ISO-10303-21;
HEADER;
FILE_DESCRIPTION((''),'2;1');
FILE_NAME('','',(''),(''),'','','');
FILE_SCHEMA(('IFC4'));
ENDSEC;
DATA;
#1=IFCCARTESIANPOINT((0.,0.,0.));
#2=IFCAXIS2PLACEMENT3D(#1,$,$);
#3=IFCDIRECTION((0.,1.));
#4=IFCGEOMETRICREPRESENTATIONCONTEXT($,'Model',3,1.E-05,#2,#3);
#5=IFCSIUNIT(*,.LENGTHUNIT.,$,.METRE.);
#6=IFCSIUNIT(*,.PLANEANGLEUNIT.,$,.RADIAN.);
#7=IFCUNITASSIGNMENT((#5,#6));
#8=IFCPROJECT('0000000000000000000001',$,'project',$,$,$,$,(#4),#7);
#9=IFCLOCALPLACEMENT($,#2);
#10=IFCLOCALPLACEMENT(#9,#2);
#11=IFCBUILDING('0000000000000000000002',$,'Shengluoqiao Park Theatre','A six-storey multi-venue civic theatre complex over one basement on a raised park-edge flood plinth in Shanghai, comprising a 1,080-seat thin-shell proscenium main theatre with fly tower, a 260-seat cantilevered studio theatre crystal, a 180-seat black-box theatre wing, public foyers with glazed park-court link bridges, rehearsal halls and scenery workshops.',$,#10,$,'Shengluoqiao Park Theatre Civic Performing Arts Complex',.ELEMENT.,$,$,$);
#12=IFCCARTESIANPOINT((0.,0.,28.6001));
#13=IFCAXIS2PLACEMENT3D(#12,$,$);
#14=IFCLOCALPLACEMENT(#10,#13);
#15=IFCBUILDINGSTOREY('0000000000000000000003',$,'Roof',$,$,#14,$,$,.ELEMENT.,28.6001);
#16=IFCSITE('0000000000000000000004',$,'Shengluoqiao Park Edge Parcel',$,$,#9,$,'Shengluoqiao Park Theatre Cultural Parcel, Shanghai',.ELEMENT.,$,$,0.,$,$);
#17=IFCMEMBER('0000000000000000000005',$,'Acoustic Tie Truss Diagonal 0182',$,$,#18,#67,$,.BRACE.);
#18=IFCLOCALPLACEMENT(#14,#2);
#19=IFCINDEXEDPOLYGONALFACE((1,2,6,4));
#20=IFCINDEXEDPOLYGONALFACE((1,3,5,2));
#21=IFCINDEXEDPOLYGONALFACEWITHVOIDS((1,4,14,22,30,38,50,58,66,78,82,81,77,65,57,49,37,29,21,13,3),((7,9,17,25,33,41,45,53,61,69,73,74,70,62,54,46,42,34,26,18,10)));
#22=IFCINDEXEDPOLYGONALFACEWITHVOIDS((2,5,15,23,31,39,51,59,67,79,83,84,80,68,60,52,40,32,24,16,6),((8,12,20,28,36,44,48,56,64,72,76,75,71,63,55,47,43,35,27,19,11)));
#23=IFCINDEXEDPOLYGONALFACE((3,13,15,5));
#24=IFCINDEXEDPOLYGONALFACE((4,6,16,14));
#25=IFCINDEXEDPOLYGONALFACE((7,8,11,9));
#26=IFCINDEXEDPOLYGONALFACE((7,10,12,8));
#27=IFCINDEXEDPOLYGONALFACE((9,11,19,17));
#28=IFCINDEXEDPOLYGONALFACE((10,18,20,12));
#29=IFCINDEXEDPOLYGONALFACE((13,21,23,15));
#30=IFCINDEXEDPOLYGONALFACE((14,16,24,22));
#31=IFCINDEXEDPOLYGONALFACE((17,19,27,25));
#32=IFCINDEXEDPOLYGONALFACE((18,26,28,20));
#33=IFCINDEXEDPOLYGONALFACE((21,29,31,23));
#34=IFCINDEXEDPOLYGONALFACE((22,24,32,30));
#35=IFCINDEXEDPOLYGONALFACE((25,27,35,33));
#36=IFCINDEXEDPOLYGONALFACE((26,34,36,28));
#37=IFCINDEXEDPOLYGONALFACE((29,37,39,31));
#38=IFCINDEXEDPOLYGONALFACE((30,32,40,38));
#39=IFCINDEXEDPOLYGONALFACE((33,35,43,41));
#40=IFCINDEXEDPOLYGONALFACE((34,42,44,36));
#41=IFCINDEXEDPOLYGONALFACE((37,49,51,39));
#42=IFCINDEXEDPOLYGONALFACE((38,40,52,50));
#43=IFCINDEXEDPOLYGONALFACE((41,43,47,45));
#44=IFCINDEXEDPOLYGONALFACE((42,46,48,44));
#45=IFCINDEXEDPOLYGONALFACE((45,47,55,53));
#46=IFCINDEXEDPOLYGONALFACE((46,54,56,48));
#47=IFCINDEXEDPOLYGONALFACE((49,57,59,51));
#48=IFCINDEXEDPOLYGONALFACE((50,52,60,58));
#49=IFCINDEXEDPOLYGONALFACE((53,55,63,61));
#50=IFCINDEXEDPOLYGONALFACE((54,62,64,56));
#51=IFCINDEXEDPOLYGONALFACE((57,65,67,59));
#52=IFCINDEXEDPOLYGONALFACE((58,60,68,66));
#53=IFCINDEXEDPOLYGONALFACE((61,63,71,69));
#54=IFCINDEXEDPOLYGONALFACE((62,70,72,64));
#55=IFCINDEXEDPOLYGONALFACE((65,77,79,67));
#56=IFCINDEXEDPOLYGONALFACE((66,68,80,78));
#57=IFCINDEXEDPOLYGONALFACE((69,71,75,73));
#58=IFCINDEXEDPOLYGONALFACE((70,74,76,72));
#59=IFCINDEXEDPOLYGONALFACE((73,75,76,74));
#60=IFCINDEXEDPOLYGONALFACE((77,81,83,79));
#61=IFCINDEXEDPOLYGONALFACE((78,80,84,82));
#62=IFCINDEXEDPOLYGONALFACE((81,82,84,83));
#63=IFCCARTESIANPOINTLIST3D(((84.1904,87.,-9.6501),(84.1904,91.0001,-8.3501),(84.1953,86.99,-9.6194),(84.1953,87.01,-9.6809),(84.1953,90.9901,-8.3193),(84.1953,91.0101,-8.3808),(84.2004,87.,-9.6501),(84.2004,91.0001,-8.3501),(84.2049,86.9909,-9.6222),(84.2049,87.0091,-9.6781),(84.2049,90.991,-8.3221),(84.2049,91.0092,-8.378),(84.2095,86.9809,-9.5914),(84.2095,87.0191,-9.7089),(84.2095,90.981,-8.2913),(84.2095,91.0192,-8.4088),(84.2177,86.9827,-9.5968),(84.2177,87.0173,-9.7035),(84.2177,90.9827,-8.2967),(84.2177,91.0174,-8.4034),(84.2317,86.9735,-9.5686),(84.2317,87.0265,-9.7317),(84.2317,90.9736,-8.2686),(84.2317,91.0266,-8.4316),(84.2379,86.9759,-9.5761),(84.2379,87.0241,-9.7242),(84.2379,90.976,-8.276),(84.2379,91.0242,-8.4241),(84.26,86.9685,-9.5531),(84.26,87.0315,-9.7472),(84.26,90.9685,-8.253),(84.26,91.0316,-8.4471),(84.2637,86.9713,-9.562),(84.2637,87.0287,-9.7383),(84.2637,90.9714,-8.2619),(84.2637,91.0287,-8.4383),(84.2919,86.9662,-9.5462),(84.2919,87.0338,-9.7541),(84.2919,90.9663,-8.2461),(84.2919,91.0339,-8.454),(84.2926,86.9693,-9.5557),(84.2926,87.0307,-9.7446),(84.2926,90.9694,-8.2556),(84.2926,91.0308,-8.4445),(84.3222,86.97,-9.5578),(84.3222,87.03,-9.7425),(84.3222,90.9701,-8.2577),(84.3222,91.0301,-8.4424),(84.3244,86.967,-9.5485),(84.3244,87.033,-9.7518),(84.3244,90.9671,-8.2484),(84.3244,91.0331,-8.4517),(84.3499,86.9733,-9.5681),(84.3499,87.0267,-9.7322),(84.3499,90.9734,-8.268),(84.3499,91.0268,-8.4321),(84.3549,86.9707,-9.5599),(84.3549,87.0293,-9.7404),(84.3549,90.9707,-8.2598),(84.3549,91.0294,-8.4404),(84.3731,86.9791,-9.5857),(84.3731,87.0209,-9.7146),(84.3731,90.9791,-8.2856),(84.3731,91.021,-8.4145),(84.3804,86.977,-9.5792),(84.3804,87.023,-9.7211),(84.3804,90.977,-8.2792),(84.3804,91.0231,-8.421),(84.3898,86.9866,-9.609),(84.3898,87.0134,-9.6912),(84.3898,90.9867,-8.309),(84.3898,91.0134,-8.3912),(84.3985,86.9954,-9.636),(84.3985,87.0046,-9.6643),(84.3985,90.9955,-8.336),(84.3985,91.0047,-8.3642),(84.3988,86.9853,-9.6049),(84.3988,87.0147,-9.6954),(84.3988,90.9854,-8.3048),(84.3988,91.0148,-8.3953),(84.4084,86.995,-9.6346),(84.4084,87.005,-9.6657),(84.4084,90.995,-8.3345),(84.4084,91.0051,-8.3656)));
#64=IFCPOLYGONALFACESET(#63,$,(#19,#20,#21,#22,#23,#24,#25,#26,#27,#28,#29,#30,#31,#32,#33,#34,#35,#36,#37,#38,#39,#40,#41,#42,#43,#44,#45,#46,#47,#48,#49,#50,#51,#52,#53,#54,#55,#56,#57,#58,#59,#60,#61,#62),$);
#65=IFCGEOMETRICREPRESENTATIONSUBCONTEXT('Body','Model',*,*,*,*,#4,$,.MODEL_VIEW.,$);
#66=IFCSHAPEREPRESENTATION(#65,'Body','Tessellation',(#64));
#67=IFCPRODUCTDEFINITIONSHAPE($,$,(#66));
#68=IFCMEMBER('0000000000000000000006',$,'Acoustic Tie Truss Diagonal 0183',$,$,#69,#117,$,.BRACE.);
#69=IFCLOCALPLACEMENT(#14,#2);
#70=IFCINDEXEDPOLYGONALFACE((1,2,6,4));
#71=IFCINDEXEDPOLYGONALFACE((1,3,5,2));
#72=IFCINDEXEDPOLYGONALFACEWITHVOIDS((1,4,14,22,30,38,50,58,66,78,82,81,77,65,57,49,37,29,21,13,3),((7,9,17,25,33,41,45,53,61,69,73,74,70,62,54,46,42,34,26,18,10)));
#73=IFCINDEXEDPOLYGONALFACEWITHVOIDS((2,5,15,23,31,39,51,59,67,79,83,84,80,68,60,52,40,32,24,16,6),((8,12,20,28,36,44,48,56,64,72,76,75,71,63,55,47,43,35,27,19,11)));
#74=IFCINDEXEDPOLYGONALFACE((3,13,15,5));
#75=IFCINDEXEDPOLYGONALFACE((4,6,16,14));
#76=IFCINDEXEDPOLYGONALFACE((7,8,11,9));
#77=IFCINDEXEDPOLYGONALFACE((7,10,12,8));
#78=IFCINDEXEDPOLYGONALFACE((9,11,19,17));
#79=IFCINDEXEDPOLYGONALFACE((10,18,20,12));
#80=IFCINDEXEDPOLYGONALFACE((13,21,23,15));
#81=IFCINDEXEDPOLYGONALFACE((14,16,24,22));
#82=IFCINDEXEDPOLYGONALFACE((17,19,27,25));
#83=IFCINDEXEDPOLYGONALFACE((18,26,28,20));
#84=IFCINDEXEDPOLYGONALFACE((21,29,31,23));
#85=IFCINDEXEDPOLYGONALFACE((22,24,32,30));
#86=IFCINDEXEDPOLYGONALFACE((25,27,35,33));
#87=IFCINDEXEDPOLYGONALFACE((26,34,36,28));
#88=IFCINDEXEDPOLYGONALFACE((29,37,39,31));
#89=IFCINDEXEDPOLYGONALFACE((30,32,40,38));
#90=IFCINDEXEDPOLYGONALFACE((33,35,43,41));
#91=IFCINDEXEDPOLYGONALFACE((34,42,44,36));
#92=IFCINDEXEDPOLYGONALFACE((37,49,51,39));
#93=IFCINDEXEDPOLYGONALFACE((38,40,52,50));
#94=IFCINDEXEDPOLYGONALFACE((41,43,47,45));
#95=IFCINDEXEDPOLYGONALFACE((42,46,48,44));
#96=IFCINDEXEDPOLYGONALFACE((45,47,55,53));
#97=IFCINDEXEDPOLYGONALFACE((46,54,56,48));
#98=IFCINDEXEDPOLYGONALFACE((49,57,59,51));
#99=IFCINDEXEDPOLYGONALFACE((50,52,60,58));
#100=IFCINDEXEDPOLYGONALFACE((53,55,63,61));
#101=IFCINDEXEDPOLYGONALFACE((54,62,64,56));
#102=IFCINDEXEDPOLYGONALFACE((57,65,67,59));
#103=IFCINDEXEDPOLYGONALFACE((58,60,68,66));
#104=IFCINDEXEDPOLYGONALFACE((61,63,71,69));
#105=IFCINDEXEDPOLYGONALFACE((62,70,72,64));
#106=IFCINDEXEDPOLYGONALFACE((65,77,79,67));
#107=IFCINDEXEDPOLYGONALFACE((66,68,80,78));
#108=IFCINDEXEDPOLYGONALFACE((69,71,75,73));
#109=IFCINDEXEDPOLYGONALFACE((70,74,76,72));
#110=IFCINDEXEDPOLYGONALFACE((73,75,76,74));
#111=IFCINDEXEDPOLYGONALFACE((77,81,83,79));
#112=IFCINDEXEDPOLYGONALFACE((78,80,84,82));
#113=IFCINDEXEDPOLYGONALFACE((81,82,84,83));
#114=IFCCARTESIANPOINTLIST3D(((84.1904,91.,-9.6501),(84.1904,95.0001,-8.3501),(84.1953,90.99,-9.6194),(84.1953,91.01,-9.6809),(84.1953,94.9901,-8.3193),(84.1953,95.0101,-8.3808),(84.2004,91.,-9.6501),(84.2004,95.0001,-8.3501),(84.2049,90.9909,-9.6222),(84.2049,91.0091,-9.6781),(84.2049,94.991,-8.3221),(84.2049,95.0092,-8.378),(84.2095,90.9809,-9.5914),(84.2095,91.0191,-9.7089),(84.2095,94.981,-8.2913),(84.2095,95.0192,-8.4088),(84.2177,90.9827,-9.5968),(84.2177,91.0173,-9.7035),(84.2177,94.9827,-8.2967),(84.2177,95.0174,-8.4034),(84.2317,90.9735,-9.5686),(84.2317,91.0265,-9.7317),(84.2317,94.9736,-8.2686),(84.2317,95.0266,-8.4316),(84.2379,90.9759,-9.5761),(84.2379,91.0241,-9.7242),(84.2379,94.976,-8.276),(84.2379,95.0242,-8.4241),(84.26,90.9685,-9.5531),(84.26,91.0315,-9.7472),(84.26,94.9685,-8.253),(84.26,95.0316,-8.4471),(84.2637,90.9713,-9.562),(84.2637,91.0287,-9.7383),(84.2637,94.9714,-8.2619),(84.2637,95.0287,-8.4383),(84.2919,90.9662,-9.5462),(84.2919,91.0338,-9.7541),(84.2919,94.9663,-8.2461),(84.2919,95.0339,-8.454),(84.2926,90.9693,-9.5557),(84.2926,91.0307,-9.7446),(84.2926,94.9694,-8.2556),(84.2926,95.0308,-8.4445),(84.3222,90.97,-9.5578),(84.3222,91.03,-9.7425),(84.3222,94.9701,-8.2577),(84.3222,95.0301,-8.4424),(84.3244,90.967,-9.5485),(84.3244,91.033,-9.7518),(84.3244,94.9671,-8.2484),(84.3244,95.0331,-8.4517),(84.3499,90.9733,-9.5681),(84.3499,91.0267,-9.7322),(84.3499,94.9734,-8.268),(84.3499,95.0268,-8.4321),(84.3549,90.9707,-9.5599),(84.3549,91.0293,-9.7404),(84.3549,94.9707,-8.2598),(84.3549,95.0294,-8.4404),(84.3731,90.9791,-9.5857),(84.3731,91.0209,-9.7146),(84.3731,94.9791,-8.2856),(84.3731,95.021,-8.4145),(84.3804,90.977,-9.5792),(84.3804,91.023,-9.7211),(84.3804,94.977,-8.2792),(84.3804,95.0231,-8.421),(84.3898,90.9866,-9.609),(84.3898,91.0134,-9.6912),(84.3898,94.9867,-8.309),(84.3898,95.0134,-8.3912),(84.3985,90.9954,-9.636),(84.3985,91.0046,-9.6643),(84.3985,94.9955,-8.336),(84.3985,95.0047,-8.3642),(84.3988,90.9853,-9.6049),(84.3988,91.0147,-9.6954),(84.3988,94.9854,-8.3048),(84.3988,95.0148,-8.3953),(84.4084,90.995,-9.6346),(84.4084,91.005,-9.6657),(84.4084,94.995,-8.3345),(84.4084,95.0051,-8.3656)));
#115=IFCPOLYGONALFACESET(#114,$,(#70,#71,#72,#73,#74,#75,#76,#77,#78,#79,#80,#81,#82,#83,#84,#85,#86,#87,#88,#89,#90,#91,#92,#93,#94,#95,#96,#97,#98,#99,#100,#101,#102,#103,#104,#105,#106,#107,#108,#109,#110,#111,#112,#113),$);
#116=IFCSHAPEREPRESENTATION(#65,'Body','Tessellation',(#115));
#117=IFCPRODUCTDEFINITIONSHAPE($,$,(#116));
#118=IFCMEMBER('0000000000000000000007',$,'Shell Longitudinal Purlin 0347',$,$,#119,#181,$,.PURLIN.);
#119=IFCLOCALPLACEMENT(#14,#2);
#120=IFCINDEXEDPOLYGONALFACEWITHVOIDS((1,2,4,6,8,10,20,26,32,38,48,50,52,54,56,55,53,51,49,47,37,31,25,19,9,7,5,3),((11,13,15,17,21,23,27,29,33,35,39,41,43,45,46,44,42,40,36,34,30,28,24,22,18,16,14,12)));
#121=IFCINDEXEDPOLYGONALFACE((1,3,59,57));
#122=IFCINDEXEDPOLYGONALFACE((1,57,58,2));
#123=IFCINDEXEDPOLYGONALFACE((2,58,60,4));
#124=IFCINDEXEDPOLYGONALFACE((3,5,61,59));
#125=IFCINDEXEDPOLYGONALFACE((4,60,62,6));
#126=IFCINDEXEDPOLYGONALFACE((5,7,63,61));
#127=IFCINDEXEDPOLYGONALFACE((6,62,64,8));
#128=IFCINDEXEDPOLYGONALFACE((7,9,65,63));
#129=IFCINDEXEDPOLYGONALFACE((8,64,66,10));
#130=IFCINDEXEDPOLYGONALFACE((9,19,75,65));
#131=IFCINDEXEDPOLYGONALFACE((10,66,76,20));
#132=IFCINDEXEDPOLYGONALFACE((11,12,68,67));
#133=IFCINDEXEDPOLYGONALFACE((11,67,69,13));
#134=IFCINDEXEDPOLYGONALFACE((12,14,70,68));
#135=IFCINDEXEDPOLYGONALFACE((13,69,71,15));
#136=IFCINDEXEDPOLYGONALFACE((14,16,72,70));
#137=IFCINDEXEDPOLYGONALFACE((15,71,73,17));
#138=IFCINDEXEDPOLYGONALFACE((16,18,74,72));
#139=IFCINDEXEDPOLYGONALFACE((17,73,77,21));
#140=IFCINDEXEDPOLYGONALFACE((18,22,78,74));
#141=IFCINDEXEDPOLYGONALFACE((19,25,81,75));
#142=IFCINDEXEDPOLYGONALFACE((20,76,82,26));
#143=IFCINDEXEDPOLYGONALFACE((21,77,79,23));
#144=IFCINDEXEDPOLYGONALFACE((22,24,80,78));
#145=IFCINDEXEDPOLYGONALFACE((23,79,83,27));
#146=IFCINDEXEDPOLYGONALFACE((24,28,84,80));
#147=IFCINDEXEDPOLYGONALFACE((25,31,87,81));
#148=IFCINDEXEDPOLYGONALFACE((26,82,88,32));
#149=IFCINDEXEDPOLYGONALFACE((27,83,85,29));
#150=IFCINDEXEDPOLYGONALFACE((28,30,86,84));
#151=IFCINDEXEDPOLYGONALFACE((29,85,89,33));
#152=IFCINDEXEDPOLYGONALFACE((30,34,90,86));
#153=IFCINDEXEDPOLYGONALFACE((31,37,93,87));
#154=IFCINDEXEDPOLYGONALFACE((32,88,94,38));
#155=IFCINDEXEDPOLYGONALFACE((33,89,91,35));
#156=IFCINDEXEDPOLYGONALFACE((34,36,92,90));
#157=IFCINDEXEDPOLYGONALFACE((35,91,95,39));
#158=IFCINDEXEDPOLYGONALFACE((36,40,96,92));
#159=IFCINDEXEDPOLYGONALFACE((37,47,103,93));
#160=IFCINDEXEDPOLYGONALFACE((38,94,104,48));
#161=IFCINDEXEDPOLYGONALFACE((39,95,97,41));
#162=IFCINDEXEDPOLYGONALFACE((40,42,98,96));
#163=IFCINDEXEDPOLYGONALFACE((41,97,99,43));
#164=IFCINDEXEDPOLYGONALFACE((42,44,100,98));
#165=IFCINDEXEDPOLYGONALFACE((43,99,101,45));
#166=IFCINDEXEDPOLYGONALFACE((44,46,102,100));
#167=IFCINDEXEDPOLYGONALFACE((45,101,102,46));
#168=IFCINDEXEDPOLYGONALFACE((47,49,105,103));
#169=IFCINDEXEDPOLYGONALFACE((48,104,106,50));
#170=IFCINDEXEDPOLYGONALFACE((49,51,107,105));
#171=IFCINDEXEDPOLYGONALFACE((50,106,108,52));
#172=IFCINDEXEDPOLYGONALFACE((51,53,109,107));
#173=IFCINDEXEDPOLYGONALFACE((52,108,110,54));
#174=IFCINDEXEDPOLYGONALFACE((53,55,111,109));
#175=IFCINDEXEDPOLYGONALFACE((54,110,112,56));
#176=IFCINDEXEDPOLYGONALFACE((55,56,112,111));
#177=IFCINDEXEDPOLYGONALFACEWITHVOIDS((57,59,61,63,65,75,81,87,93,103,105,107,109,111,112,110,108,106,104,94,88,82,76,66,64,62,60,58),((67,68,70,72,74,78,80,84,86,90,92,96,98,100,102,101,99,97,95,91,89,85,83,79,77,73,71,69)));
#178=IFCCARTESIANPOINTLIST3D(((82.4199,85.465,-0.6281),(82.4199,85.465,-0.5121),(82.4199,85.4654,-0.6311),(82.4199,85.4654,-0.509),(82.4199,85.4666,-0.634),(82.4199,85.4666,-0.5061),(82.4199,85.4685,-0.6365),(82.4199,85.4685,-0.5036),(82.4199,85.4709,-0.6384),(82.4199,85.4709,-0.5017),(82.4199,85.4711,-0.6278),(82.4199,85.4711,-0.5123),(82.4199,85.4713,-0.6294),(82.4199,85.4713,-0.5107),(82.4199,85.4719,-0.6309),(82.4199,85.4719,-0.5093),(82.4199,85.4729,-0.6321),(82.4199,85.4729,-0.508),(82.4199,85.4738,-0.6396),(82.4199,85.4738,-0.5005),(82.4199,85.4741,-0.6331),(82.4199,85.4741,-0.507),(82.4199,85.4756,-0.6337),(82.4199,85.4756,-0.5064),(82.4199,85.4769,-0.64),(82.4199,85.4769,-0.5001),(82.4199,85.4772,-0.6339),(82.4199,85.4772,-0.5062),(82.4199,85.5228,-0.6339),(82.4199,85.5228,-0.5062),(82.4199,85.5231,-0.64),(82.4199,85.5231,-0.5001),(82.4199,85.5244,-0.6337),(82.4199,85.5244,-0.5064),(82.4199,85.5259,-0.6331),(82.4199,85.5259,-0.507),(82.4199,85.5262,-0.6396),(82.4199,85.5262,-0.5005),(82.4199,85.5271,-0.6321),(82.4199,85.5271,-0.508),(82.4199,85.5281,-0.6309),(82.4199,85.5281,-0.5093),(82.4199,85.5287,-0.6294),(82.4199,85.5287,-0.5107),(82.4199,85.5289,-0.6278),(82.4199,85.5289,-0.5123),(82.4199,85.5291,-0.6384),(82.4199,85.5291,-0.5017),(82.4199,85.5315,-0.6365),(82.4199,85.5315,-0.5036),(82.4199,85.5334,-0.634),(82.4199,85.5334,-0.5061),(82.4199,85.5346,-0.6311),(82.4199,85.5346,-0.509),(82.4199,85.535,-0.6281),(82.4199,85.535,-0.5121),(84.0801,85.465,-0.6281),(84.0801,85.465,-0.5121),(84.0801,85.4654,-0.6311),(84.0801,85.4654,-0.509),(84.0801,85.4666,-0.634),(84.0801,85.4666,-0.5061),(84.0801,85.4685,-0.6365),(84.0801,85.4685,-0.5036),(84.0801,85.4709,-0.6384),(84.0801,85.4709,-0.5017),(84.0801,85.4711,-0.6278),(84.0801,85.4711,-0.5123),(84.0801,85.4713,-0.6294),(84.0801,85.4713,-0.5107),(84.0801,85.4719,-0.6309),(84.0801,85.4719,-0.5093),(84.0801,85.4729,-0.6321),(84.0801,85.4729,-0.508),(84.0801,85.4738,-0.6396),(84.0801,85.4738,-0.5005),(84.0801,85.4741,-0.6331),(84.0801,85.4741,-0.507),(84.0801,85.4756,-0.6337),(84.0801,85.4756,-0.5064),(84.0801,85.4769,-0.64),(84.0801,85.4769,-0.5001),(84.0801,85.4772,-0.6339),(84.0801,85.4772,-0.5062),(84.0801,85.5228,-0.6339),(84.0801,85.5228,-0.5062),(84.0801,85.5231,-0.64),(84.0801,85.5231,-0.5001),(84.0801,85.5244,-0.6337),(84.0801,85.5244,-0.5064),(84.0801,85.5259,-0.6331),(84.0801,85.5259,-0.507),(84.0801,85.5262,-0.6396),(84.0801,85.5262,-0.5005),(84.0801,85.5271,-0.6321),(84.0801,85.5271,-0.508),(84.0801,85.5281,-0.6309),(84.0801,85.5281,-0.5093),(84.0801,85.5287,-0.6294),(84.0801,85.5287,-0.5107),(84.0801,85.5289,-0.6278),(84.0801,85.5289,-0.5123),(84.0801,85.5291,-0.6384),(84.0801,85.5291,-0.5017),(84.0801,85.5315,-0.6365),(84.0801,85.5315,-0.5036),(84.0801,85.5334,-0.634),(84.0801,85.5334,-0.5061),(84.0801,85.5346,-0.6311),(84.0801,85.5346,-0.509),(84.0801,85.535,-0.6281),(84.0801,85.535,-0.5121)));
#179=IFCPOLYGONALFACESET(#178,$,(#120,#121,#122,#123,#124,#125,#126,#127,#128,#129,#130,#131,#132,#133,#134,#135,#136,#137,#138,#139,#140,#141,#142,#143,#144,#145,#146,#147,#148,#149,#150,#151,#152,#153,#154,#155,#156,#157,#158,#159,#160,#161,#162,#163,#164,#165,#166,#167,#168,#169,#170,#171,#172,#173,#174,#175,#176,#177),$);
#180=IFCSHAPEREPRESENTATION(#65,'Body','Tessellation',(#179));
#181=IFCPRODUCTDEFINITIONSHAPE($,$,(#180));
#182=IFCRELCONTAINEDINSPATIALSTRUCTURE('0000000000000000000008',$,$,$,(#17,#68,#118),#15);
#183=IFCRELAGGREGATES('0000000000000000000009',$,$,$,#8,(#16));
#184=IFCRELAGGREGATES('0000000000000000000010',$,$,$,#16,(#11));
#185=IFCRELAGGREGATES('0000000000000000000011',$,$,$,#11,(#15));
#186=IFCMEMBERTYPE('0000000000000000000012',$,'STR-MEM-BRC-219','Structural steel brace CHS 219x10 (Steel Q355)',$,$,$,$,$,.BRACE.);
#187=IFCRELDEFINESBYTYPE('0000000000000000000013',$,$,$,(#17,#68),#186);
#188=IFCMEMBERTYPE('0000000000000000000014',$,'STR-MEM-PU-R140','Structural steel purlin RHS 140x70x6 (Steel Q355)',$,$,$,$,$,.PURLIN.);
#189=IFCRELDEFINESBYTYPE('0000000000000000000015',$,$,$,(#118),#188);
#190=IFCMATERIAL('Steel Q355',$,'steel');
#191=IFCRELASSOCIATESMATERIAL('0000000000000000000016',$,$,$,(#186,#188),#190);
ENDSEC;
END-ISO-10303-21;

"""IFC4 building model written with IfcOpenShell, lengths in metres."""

from ifc_helpers import new_model, si_unit, direction, frame, origin, origin_2d, place, context, subcontext, project, spatial, hollow_rectangle, hollow_circle, extrude, material, material_profile, profile_set, type_object, element, save


model = new_model("IFC4")

# Units and contexts
model_context = context("Model", 3, precision=1e-05, world=origin(), true_north=direction((0.0, 1.0)))
body_context = subcontext(model_context, "Body", "Model", "MODEL_VIEW")
ifc_project = project(units=[si_unit("LENGTHUNIT", "METRE"), si_unit("PLANEANGLEUNIT", "RADIAN")], contexts=[model_context])

# Site, building, storey
site_placement = place(None, origin())
site = spatial("IfcSite", under=ifc_project, at=site_placement, Name="Shengluoqiao Park Edge Parcel", LongName="Shengluoqiao Park Theatre Cultural Parcel, Shanghai", CompositionType="ELEMENT", RefElevation=0.0)
building_placement = place(site_placement, origin())
building = spatial("IfcBuilding", under=site, at=building_placement, Name="Shengluoqiao Park Theatre", Description="A six-storey multi-venue civic theatre complex over one basement on a raised park-edge flood plinth in Shanghai, comprising a 1,080-seat thin-shell proscenium main theatre with fly tower, a 260-seat cantilevered studio theatre crystal, a 180-seat black-box theatre wing, public foyers with glazed park-court link bridges, rehearsal halls and scenery workshops.", LongName="Shengluoqiao Park Theatre Civic Performing Arts Complex", CompositionType="ELEMENT")
storey_placement = place(building_placement, frame((0.0, 0.0, 28.6001)))
storey = spatial("IfcBuildingStorey", under=building, at=storey_placement, Name="Roof", CompositionType="ELEMENT", Elevation=28.6001)

# Shared definitions
ifc_material_1 = material(Name="Steel Q355", Category="steel")

# Members
ifc_material_profile_1 = material_profile(ifc_material_1, hollow_circle(Radius=0.1096, WallThickness=0.01, at=origin_2d()), Name="CHS 219x10")
ifc_profile_set_1 = profile_set([ifc_material_profile_1], Name="Steel Q355")
member_type_1 = type_object("IfcMemberType", Name="STR-MEM-BRC-219", Description="Structural steel brace CHS 219x10 (Steel Q355)", PredefinedType="BRACE", material=ifc_profile_set_1)
for number, where, z_axis, x_axis, name in (
    (1, (84.3, 87.0, -9.6501), (0.0, 0.951031, 0.309097), (-1.0, 0.0, 0.0), "Acoustic Tie Truss Diagonal 0182"),
    (2, (84.3, 91.0, -9.6501), (0.0, 0.951031, 0.309097), (-1.0, 0.0, 0.0), "Acoustic Tie Truss Diagonal 0183"),
):
    element("IfcMember", number, at=place(storey_placement, frame(where, z_axis=z_axis, x_axis=x_axis)), inside=storey, type_object=member_type_1, Name=name, PredefinedType="BRACE", context=body_context, shape_type="SweptSolid", body=[
        extrude(hollow_circle(Radius=0.1096, WallThickness=0.01, at=origin_2d()), origin(), (0.0, 0.0, 1.0), 4.2061),
    ])
ifc_material_profile_2 = material_profile(ifc_material_1, hollow_rectangle(XDim=0.0701, YDim=0.1399, WallThickness=0.0061, InnerFilletRadius=0.0061, OuterFilletRadius=0.012, at=origin_2d()), Name="RHS 140x70x6")
ifc_profile_set_2 = profile_set([ifc_material_profile_2], Name="Steel Q355")
member_type_2 = type_object("IfcMemberType", Name="STR-MEM-PU-R140", Description="Structural steel purlin RHS 140x70x6 (Steel Q355)", PredefinedType="PURLIN", material=ifc_profile_set_2)
member_1_placement = place(storey_placement, frame((82.4199, 85.5, -0.5701), z_axis=(1.0, 0.0, 0.0), x_axis=(0.0, 1.0, 0.0)))
element("IfcMember", 3, at=member_1_placement, inside=storey, type_object=member_type_2, Name="Shell Longitudinal Purlin 0347", PredefinedType="PURLIN", context=body_context, shape_type="SweptSolid", body=[
    extrude(hollow_rectangle(XDim=0.0701, YDim=0.1399, WallThickness=0.0061, InnerFilletRadius=0.0061, OuterFilletRadius=0.012, at=origin_2d()), origin(), (0.0, 0.0, 1.0), 1.6602),
])

save(model, "model.ifc")
